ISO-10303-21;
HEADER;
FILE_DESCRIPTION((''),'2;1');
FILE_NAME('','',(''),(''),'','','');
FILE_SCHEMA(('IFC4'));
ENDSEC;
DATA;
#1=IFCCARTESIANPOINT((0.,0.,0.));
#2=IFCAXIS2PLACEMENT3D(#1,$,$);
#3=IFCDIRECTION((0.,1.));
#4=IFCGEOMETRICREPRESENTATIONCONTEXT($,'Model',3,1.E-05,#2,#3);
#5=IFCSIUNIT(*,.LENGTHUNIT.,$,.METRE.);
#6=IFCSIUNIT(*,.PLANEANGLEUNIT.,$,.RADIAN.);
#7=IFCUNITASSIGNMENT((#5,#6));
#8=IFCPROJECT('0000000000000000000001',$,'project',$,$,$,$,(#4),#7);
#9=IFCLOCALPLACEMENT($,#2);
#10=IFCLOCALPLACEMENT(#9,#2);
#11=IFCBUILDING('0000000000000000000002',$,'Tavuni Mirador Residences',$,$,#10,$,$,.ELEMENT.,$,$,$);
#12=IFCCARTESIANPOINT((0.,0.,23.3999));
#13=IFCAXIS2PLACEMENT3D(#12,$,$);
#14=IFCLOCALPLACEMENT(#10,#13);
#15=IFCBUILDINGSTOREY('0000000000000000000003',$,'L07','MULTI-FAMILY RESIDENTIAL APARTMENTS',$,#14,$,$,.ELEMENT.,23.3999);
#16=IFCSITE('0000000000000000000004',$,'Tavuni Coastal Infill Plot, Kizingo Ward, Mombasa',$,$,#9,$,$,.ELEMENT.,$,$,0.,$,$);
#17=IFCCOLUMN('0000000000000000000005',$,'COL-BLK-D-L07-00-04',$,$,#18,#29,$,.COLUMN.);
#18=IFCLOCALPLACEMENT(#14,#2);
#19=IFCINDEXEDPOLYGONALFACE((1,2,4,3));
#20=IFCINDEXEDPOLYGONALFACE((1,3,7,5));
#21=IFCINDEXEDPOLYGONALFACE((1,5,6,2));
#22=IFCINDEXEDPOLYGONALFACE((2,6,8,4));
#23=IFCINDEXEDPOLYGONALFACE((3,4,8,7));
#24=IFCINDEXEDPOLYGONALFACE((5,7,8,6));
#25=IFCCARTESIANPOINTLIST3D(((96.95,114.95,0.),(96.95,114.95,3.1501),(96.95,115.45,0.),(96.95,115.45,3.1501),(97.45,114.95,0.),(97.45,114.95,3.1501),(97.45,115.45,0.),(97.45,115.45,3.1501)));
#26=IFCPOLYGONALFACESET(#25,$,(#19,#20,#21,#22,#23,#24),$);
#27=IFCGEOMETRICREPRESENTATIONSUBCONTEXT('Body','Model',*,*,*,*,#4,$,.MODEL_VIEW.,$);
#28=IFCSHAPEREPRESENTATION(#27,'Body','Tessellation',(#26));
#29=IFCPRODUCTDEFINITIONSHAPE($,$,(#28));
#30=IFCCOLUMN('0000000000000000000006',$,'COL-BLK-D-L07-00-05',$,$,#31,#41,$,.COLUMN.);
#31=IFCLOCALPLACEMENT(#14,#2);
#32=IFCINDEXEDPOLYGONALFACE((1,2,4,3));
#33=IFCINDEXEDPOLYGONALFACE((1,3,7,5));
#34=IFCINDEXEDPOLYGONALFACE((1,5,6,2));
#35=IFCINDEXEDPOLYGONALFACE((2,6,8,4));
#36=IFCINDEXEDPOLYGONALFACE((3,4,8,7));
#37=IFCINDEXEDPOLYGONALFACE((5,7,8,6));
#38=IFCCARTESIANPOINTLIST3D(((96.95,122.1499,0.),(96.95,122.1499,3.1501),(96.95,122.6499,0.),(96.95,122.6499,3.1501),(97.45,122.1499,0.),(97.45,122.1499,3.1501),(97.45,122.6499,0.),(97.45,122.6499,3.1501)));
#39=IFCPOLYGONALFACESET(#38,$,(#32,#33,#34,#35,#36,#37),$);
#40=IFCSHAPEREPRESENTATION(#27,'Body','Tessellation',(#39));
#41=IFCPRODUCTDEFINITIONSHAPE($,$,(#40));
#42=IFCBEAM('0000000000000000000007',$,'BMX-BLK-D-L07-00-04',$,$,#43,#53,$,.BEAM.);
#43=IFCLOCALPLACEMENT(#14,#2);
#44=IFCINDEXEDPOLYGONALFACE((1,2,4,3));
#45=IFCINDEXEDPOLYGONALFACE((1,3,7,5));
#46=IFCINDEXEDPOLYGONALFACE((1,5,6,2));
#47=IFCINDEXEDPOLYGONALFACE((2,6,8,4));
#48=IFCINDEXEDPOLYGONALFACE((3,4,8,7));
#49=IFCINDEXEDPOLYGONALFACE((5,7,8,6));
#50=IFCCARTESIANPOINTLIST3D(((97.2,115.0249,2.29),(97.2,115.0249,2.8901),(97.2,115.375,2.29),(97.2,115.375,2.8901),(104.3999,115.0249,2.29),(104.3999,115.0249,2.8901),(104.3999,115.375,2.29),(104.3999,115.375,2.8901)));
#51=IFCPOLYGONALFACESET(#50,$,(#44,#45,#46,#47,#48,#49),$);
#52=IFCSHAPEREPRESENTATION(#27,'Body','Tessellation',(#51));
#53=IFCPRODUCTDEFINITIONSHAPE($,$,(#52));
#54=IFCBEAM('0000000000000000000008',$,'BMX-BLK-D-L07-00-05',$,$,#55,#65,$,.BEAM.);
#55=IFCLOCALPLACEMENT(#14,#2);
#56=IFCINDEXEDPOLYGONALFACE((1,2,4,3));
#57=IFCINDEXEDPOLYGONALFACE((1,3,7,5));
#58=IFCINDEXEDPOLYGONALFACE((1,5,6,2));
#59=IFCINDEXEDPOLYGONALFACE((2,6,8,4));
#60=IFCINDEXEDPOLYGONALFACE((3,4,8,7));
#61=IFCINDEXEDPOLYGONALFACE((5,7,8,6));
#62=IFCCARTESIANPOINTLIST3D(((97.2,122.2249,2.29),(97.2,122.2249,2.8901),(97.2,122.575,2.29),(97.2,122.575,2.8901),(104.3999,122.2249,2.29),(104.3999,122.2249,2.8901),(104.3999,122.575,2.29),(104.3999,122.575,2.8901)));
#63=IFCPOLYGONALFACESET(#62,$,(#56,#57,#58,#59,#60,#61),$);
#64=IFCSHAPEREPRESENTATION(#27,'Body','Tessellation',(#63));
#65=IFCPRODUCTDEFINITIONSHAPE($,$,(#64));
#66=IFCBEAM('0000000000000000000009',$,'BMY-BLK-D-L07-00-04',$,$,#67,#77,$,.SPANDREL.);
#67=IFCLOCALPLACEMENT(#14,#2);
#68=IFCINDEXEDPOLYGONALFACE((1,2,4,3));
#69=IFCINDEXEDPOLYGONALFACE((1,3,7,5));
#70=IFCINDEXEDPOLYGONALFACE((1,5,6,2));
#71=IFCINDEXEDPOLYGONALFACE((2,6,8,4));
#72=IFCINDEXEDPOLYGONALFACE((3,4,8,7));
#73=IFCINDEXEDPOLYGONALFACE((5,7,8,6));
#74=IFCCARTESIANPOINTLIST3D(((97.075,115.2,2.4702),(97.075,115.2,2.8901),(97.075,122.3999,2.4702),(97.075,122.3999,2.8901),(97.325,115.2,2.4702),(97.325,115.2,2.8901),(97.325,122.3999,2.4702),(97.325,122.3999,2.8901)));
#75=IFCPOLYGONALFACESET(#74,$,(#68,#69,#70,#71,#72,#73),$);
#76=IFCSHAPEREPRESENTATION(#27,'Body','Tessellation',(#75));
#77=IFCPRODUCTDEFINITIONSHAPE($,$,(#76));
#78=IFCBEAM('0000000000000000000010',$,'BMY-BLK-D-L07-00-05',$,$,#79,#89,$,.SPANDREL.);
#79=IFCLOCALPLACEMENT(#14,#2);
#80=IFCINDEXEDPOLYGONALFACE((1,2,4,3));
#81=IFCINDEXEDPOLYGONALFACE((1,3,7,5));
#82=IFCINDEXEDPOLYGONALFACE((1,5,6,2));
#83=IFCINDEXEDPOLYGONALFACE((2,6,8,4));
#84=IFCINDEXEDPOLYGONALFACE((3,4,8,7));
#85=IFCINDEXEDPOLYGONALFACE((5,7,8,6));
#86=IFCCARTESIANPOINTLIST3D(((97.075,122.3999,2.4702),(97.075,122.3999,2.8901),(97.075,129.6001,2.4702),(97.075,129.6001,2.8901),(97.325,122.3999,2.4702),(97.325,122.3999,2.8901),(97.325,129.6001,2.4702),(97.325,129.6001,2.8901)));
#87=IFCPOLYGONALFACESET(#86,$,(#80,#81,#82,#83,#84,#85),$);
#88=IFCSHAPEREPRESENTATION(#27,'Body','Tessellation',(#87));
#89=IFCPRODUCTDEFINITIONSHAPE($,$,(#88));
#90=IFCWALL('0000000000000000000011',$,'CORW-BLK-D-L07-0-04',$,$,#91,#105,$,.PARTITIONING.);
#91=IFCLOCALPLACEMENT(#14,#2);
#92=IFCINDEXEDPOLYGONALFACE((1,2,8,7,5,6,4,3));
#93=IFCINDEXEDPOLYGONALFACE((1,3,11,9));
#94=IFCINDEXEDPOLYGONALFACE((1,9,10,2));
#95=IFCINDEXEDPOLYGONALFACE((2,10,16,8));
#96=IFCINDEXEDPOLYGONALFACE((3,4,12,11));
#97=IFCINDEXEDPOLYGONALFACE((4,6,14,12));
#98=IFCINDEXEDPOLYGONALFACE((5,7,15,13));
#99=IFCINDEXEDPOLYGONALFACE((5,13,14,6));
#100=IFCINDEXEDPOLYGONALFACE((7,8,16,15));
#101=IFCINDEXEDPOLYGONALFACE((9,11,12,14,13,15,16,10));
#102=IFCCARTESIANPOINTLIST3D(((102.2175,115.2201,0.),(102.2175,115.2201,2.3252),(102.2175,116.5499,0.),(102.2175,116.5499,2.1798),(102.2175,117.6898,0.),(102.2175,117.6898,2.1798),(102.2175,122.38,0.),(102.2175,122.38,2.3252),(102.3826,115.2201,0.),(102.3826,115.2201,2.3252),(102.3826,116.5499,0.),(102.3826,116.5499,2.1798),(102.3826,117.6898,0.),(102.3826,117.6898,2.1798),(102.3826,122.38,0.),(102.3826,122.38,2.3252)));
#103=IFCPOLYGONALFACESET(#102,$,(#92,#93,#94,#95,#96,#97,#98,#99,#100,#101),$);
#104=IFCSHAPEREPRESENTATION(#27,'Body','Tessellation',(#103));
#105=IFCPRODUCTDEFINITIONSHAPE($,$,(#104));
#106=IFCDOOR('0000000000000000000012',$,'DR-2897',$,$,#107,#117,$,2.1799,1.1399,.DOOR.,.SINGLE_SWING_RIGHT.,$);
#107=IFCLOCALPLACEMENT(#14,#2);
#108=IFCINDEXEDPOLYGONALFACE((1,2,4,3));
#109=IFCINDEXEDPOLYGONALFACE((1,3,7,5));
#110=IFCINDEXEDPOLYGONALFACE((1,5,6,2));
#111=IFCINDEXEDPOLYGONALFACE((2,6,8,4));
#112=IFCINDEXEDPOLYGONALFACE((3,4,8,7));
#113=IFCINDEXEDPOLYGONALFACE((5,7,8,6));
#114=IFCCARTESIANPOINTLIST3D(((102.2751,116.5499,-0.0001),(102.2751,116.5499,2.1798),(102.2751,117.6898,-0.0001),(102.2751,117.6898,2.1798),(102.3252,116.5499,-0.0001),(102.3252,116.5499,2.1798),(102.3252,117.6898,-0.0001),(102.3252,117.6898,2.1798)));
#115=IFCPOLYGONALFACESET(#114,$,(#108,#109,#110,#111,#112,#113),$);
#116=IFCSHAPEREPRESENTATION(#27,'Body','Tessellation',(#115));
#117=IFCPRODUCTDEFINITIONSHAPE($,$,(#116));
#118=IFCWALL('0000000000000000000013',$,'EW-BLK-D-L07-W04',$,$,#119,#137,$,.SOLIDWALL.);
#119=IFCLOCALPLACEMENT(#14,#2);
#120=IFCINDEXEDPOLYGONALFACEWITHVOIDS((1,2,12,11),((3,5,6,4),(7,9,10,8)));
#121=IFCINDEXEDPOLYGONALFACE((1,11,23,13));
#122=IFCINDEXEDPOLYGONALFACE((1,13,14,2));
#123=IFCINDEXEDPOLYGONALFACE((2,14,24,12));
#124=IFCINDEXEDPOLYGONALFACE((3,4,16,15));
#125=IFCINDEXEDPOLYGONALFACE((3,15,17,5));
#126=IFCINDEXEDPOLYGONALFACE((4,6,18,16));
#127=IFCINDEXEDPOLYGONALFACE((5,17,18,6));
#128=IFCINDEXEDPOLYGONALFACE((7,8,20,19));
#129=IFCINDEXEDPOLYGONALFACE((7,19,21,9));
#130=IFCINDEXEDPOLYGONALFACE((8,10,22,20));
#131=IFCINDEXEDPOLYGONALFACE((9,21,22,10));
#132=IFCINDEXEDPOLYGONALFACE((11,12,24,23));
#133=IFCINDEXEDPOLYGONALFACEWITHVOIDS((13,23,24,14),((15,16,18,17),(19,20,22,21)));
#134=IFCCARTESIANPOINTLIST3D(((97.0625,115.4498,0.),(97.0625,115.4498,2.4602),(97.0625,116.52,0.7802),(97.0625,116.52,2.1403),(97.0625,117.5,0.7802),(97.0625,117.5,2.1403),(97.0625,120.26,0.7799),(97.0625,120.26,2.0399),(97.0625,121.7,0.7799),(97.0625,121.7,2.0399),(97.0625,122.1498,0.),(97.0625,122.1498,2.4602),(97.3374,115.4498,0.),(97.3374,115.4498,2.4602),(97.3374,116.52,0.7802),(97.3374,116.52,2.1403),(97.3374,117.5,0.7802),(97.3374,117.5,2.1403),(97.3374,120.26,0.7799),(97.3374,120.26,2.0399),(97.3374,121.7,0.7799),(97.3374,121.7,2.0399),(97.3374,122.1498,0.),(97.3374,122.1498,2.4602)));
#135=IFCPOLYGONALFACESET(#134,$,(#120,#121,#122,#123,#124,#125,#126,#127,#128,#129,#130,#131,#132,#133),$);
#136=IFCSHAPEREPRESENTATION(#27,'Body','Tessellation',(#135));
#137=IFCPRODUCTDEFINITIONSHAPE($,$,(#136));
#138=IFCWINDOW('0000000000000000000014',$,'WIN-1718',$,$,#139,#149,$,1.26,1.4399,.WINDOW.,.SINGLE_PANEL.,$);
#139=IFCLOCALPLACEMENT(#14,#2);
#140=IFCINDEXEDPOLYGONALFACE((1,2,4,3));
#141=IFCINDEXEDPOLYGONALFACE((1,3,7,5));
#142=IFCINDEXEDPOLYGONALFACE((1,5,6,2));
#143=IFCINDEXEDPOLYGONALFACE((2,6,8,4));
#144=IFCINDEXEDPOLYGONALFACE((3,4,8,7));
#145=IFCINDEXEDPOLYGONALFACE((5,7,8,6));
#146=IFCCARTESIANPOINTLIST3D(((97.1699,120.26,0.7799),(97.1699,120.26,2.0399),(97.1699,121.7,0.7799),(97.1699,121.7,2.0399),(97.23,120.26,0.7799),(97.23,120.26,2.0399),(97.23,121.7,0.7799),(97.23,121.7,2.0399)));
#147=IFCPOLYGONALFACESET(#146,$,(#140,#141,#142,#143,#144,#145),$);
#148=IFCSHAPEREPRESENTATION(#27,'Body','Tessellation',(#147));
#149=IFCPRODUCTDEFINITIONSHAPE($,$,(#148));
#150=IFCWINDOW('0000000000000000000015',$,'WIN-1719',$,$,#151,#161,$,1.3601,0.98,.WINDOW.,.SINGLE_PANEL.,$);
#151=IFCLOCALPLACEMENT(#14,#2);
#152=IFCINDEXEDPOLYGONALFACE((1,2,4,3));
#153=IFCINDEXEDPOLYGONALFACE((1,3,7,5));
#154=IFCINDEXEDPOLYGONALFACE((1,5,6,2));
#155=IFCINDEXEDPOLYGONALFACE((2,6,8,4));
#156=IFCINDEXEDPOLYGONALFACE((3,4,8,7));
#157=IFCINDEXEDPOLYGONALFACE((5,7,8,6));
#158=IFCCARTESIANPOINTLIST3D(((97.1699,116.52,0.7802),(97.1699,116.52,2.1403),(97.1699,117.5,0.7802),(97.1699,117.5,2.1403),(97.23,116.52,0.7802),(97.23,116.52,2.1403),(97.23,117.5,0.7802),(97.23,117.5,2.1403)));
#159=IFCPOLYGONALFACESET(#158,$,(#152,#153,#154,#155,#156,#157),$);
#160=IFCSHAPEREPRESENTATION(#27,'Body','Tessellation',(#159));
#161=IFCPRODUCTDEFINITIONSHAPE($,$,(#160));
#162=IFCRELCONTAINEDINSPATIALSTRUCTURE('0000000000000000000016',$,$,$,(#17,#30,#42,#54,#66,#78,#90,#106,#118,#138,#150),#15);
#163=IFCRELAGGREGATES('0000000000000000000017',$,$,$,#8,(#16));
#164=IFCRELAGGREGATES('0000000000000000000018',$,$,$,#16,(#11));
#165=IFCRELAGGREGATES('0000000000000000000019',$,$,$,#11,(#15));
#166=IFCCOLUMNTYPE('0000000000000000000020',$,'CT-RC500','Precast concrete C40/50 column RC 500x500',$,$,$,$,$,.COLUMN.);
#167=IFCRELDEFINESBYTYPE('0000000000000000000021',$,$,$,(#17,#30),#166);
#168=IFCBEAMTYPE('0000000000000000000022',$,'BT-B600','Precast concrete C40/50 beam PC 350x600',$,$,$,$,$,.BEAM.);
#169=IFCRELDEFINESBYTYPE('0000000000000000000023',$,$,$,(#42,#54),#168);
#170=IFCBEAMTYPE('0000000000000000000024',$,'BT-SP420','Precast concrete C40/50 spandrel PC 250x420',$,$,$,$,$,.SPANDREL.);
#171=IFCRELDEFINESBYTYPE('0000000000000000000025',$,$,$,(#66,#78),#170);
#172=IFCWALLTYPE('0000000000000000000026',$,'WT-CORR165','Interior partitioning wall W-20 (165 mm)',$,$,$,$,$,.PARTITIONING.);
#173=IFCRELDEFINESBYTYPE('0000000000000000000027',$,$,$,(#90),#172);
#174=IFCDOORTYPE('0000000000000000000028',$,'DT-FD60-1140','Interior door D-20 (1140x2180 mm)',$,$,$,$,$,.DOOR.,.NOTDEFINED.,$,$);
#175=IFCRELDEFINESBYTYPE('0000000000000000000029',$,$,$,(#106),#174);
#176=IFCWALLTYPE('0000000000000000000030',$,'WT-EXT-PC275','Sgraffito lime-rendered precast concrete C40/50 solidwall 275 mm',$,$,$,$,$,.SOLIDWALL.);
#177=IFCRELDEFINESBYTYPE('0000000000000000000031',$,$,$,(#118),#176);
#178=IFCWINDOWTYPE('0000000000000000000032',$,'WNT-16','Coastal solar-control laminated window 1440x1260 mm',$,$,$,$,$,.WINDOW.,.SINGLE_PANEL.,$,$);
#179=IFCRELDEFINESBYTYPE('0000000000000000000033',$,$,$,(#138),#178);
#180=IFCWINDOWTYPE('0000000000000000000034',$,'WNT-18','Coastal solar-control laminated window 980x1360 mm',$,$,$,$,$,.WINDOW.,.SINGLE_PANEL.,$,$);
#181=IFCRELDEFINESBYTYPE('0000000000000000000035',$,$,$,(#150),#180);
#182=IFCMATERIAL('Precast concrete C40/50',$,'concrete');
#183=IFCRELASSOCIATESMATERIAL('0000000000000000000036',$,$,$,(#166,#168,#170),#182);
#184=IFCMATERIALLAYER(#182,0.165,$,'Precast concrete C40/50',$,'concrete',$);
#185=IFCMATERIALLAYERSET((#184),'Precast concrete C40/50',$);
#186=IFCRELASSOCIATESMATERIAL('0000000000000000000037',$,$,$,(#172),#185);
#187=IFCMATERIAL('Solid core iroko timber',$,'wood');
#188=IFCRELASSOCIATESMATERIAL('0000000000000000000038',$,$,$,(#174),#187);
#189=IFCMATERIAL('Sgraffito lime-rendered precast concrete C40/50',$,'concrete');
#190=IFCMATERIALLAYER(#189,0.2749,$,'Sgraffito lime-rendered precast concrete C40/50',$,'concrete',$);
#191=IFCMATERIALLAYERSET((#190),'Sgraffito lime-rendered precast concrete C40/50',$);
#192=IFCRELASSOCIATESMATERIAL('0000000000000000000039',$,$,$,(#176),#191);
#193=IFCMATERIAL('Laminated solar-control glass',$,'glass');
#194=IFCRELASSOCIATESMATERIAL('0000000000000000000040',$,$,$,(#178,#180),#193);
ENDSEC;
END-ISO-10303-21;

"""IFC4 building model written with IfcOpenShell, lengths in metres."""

from ifc_helpers import new_model, si_unit, direction, frame, frame_2d, origin, origin_2d, place, context, subcontext, project, spatial, rectangle, extrude, material, layer, layer_set, material_profile, profile_set, type_object, element, fill, save


model = new_model("IFC4")

# Units and contexts
model_context = context("Model", 3, precision=1e-05, world=origin(), true_north=direction((0.0, 1.0)))
body_context = subcontext(model_context, "Body", "Model", "MODEL_VIEW")
ifc_project = project(units=[si_unit("LENGTHUNIT", "METRE"), si_unit("PLANEANGLEUNIT", "RADIAN")], contexts=[model_context])

# Site, building, storey
site_placement = place(None, origin())
site = spatial("IfcSite", under=ifc_project, at=site_placement, Name="Tavuni Coastal Infill Plot, Kizingo Ward, Mombasa", CompositionType="ELEMENT", RefElevation=0.0)
building_placement = place(site_placement, origin())
building = spatial("IfcBuilding", under=site, at=building_placement, Name="Tavuni Mirador Residences", CompositionType="ELEMENT")
storey_placement = place(building_placement, frame((0.0, 0.0, 23.3999)))
storey = spatial("IfcBuildingStorey", under=building, at=storey_placement, Name="L07", Description="MULTI-FAMILY RESIDENTIAL APARTMENTS", CompositionType="ELEMENT", Elevation=23.3999)

# Columns
ifc_material_1 = material(Name="Precast concrete C40/50", Category="concrete")
ifc_material_profile_1 = material_profile(ifc_material_1, rectangle(XDim=0.5, YDim=0.5, at=origin_2d()), Name="RC 500x500", Category="concrete")
ifc_profile_set_1 = profile_set([ifc_material_profile_1], Name="Precast concrete C40/50")
column_type = type_object("IfcColumnType", Name="CT-RC500", Description="Precast concrete C40/50 column RC 500x500", PredefinedType="COLUMN", material=ifc_profile_set_1)
for number, where, z_axis, x_axis, name in (
    (1, (97.2, 115.2, 0.0), (0.0, 0.0, 1.0), (1.0, 0.0, 0.0), "COL-BLK-D-L07-00-04"),
    (2, (97.2, 122.3999, 0.0), (0.0, 0.0, 1.0), (1.0, 0.0, 0.0), "COL-BLK-D-L07-00-05"),
):
    element("IfcColumn", number, at=place(storey_placement, frame(where, z_axis=z_axis, x_axis=x_axis)), inside=storey, type_object=column_type, Name=name, PredefinedType="COLUMN", context=body_context, shape_type="SweptSolid", body=[
        extrude(rectangle(XDim=0.5, YDim=0.5, at=origin_2d()), origin(), (0.0, 0.0, 1.0), 3.1501),
    ])

# Beams
ifc_material_profile_2 = material_profile(ifc_material_1, rectangle(XDim=0.3501, YDim=0.6001, at=origin_2d()), Name="PC 350x600", Category="concrete")
ifc_profile_set_2 = profile_set([ifc_material_profile_2], Name="Precast concrete C40/50")
beam_type_1 = type_object("IfcBeamType", Name="BT-B600", Description="Precast concrete C40/50 beam PC 350x600", PredefinedType="BEAM", material=ifc_profile_set_2)
for number, where, z_axis, x_axis, name in (
    (3, (97.2, 115.2, 2.5901), (1.0, 0.0, 0.0), (0.0, 1.0, 0.0), "BMX-BLK-D-L07-00-04"),
    (4, (97.2, 122.3999, 2.5901), (1.0, 0.0, 0.0), (0.0, 1.0, 0.0), "BMX-BLK-D-L07-00-05"),
):
    element("IfcBeam", number, at=place(storey_placement, frame(where, z_axis=z_axis, x_axis=x_axis)), inside=storey, type_object=beam_type_1, Name=name, PredefinedType="BEAM", context=body_context, shape_type="SweptSolid", body=[
        extrude(rectangle(XDim=0.3501, YDim=0.6001, at=origin_2d()), origin(), (0.0, 0.0, 1.0), 7.2),
    ])
ifc_material_profile_3 = material_profile(ifc_material_1, rectangle(XDim=0.25, YDim=0.4199, at=origin_2d()), Name="PC 250x420", Category="concrete")
ifc_profile_set_3 = profile_set([ifc_material_profile_3], Name="Precast concrete C40/50")
beam_type_2 = type_object("IfcBeamType", Name="BT-SP420", Description="Precast concrete C40/50 spandrel PC 250x420", PredefinedType="SPANDREL", material=ifc_profile_set_3)
beam_1_placement = place(storey_placement, frame((97.2, 115.2, 2.6802), z_axis=(0.0, 1.0, 0.0), x_axis=(-1.0, 0.0, 0.0)))
element("IfcBeam", 5, at=beam_1_placement, inside=storey, type_object=beam_type_2, Name="BMY-BLK-D-L07-00-04", PredefinedType="SPANDREL", context=body_context, shape_type="SweptSolid", body=[
    extrude(rectangle(XDim=0.25, YDim=0.4199, at=origin_2d()), origin(), (0.0, 0.0, 1.0), 7.2),
])
beam_2_placement = place(storey_placement, frame((97.2, 122.3999, 2.6802), z_axis=(0.0, 1.0, 0.0), x_axis=(-1.0, 0.0, 0.0)))
element("IfcBeam", 6, at=beam_2_placement, inside=storey, type_object=beam_type_2, Name="BMY-BLK-D-L07-00-05", PredefinedType="SPANDREL", context=body_context, shape_type="SweptSolid", body=[
    extrude(rectangle(XDim=0.25, YDim=0.4199, at=origin_2d()), origin(), (0.0, 0.0, 1.0), 7.2002),
])

# Wall, opening, door
ifc_layer_1 = layer(ifc_material_1, 0.165, Name="Precast concrete C40/50", Category="concrete")
ifc_layer_set_1 = layer_set([ifc_layer_1], Name="Precast concrete C40/50")
wall_type_1 = type_object("IfcWallType", Name="WT-CORR165", Description="Interior partitioning wall W-20 (165 mm)", PredefinedType="PARTITIONING", material=ifc_layer_set_1)
wall_1_placement = place(storey_placement, frame((102.3, 115.22, 0.0), z_axis=(0.0, 0.0, 1.0), x_axis=(0.0, 1.0, 0.0)))
wall_1 = element("IfcWall", 7, at=wall_1_placement, inside=storey, type_object=wall_type_1, Name="CORW-BLK-D-L07-0-04", PredefinedType="PARTITIONING", context=body_context, shape_type="SweptSolid", body=[
    extrude(rectangle(XDim=7.1599, YDim=0.165, at=frame_2d((3.5801, 0.0))), origin(), (0.0, 0.0, 1.0), 2.3252),
])
opening_1_placement = place(wall_1_placement, frame((1.3301, 0.0, 0.0)))
opening_1 = element("IfcOpeningElement", 8, at=opening_1_placement, cuts=wall_1, PredefinedType="OPENING", context=body_context, shape_type="SweptSolid", body=[
    extrude(rectangle(XDim=1.1399, YDim=2.1799, at=frame_2d((0.5698, 1.0898))), frame((0.0, 0.0925, 0.0), z_axis=(0.0, -1.0, 0.0), x_axis=(1.0, 0.0, 0.0)), (0.0, 0.0, 1.0), 0.1851),
])
ifc_material_2 = material(Name="Solid core iroko timber", Category="wood")
door_type_1 = type_object("IfcDoorType", Name="DT-FD60-1140", Description="Interior door D-20 (1140x2180 mm)", OperationType="NOTDEFINED", PredefinedType="DOOR", material=ifc_material_2)
door_1_placement = place(opening_1_placement, origin())
door_1 = element("IfcDoor", 9, at=door_1_placement, inside=storey, type_object=door_type_1, Name="DR-2897", OperationType="SINGLE_SWING_RIGHT", OverallHeight=2.1799, OverallWidth=1.1399, PredefinedType="DOOR", context=body_context, shape_type="SweptSolid", body=[
    extrude(rectangle(XDim=1.1399, YDim=2.1799, at=frame_2d((0.5698, 1.0898))), frame((0.0, 0.0249, 0.0), z_axis=(0.0, -1.0, 0.0), x_axis=(1.0, 0.0, 0.0)), (0.0, 0.0, 1.0), 0.05),
])
fill(opening_1, door_1)

# Wall, openings, windows
ifc_material_3 = material(Name="Sgraffito lime-rendered precast concrete C40/50", Category="concrete")
ifc_layer_2 = layer(ifc_material_3, 0.2749, Name="Sgraffito lime-rendered precast concrete C40/50", Category="concrete")
ifc_layer_set_2 = layer_set([ifc_layer_2], Name="Sgraffito lime-rendered precast concrete C40/50")
wall_type_2 = type_object("IfcWallType", Name="WT-EXT-PC275", Description="Sgraffito lime-rendered precast concrete C40/50 solidwall 275 mm", PredefinedType="SOLIDWALL", material=ifc_layer_set_2)
wall_2_placement = place(storey_placement, frame((97.2, 122.1499, 0.0), z_axis=(0.0, 0.0, 1.0), x_axis=(0.0, -1.0, 0.0)))
wall_2 = element("IfcWall", 10, at=wall_2_placement, inside=storey, type_object=wall_type_2, Name="EW-BLK-D-L07-W04", PredefinedType="SOLIDWALL", context=body_context, shape_type="SweptSolid", body=[
    extrude(rectangle(XDim=6.7, YDim=0.2749, at=frame_2d((3.3501, 0.0))), origin(), (0.0, 0.0, 1.0), 2.4602),
])
opening_2_placement = place(wall_2_placement, frame((0.45, 0.0, 0.78)))
opening_2 = element("IfcOpeningElement", 11, at=opening_2_placement, cuts=wall_2, PredefinedType="OPENING", context=body_context, shape_type="SweptSolid", body=[
    extrude(rectangle(XDim=1.4399, YDim=1.26, at=frame_2d((0.72, 0.6299))), frame((0.0, 0.1475, 0.0), z_axis=(0.0, -1.0, 0.0), x_axis=(1.0, 0.0, 0.0)), (0.0, 0.0, 1.0), 0.2949),
])
opening_3_placement = place(wall_2_placement, frame((4.6499, 0.0, 0.78)))
opening_3 = element("IfcOpeningElement", 12, at=opening_3_placement, cuts=wall_2, PredefinedType="OPENING", context=body_context, shape_type="SweptSolid", body=[
    extrude(rectangle(XDim=0.98, YDim=1.3601, at=frame_2d((0.49, 0.6802))), frame((0.0, 0.1475, 0.0), z_axis=(0.0, -1.0, 0.0), x_axis=(1.0, 0.0, 0.0)), (0.0, 0.0, 1.0), 0.2949),
])
ifc_material_4 = material(Name="Laminated solar-control glass", Category="glass")
window_type_1 = type_object("IfcWindowType", Name="WNT-16", Description="Coastal solar-control laminated window 1440x1260 mm", PartitioningType="SINGLE_PANEL", PredefinedType="WINDOW", material=ifc_material_4)
window_1_placement = place(opening_2_placement, origin())
window_1 = element("IfcWindow", 13, at=window_1_placement, inside=storey, type_object=window_type_1, Name="WIN-1718", OverallHeight=1.26, OverallWidth=1.4399, PartitioningType="SINGLE_PANEL", PredefinedType="WINDOW", context=body_context, shape_type="SweptSolid", body=[
    extrude(rectangle(XDim=1.4399, YDim=1.26, at=frame_2d((0.72, 0.6299))), frame((0.0, 0.03, 0.0), z_axis=(0.0, -1.0, 0.0), x_axis=(1.0, 0.0, 0.0)), (0.0, 0.0, 1.0), 0.0601),
])
fill(opening_2, window_1)
window_type_2 = type_object("IfcWindowType", Name="WNT-18", Description="Coastal solar-control laminated window 980x1360 mm", PartitioningType="SINGLE_PANEL", PredefinedType="WINDOW", material=ifc_material_4)
window_2_placement = place(opening_3_placement, origin())
window_2 = element("IfcWindow", 14, at=window_2_placement, inside=storey, type_object=window_type_2, Name="WIN-1719", OverallHeight=1.3601, OverallWidth=0.98, PartitioningType="SINGLE_PANEL", PredefinedType="WINDOW", context=body_context, shape_type="SweptSolid", body=[
    extrude(rectangle(XDim=0.98, YDim=1.3601, at=frame_2d((0.49, 0.6802))), frame((0.0, 0.03, 0.0), z_axis=(0.0, -1.0, 0.0), x_axis=(1.0, 0.0, 0.0)), (0.0, 0.0, 1.0), 0.0601),
])
fill(opening_3, window_2)

save(model, "model.ifc")
